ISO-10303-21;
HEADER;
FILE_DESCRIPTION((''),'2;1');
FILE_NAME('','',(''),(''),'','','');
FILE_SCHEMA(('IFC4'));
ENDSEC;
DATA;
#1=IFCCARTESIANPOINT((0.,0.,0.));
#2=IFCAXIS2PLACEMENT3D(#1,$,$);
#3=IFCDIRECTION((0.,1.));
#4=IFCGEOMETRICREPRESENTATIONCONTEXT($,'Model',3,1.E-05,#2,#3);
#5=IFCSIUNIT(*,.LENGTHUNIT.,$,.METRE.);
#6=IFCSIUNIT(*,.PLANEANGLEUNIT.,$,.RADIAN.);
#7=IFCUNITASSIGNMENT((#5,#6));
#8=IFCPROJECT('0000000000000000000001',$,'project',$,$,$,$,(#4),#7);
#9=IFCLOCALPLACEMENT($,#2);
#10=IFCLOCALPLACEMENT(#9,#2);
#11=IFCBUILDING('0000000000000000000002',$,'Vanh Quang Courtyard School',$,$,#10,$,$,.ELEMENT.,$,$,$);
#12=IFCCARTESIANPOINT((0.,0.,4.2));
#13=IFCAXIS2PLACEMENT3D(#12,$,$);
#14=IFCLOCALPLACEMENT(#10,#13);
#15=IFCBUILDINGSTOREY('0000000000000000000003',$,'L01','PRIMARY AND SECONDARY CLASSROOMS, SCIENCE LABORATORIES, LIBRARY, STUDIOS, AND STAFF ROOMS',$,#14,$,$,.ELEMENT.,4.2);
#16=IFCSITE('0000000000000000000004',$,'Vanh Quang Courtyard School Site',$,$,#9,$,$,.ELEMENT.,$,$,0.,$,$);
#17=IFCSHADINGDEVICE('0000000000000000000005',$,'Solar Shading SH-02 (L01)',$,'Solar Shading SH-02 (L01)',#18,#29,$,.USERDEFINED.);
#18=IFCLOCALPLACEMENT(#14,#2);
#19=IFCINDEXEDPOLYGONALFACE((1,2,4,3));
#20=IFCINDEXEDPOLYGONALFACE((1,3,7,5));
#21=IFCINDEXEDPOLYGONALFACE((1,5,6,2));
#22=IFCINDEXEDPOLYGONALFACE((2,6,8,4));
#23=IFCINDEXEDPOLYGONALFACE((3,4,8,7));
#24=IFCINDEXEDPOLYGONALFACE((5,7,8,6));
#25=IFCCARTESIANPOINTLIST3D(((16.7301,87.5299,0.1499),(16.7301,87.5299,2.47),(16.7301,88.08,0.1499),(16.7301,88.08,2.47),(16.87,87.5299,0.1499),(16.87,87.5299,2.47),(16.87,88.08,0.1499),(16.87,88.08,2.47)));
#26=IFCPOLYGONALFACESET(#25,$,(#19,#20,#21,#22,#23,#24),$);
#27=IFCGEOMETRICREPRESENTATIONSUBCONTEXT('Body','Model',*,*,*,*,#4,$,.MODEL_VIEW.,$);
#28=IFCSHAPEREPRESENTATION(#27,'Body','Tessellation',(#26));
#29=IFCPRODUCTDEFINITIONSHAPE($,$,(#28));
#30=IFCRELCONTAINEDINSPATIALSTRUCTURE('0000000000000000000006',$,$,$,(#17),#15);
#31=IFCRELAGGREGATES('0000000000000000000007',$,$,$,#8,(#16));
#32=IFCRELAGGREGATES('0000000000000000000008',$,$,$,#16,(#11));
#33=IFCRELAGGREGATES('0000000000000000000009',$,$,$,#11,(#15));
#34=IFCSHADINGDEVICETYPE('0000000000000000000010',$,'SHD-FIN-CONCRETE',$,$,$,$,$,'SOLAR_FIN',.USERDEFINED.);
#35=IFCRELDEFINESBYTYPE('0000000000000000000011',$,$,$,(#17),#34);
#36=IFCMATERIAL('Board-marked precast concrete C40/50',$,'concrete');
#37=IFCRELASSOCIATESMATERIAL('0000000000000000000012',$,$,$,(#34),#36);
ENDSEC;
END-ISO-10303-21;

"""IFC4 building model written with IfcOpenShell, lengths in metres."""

from ifc_helpers import new_model, si_unit, direction, frame, origin, origin_2d, place, context, subcontext, project, spatial, rectangle, extrude, material, type_object, element, save


model = new_model("IFC4")

# Units and contexts
model_context = context("Model", 3, precision=1e-05, world=origin(), true_north=direction((0.0, 1.0)))
body_context = subcontext(model_context, "Body", "Model", "MODEL_VIEW")
ifc_project = project(units=[si_unit("LENGTHUNIT", "METRE"), si_unit("PLANEANGLEUNIT", "RADIAN")], contexts=[model_context])

# Site, building, storey
site_placement = place(None, origin())
site = spatial("IfcSite", under=ifc_project, at=site_placement, Name="Vanh Quang Courtyard School Site", CompositionType="ELEMENT", RefElevation=0.0)
building_placement = place(site_placement, origin())
building = spatial("IfcBuilding", under=site, at=building_placement, Name="Vanh Quang Courtyard School", CompositionType="ELEMENT")
storey_placement = place(building_placement, frame((0.0, 0.0, 4.2)))
storey = spatial("IfcBuildingStorey", under=building, at=storey_placement, Name="L01", Description="PRIMARY AND SECONDARY CLASSROOMS, SCIENCE LABORATORIES, LIBRARY, STUDIOS, AND STAFF ROOMS", CompositionType="ELEMENT", Elevation=4.2)

# Shared definitions
ifc_material_1 = material(Name="Board-marked precast concrete C40/50", Category="concrete")

# Shading device
shading_device_type = type_object("IfcShadingDeviceType", Name="SHD-FIN-CONCRETE", ElementType="SOLAR_FIN", PredefinedType="USERDEFINED", material=ifc_material_1)
shading_device_placement = place(storey_placement, frame((16.8, 87.8049, 0.1499), z_axis=(0.0, 0.0, 1.0), x_axis=(-1.0, 0.0, 0.0)))
element("IfcShadingDevice", 1, at=shading_device_placement, inside=storey, type_object=shading_device_type, Name="Solar Shading SH-02 (L01)", ObjectType="Solar Shading SH-02 (L01)", PredefinedType="USERDEFINED", context=body_context, shape_type="SweptSolid", body=[
    extrude(rectangle(XDim=0.1399, YDim=0.55, at=origin_2d()), origin(), (0.0, 0.0, 1.0), 2.3201),
])

save(model, "model.ifc")
